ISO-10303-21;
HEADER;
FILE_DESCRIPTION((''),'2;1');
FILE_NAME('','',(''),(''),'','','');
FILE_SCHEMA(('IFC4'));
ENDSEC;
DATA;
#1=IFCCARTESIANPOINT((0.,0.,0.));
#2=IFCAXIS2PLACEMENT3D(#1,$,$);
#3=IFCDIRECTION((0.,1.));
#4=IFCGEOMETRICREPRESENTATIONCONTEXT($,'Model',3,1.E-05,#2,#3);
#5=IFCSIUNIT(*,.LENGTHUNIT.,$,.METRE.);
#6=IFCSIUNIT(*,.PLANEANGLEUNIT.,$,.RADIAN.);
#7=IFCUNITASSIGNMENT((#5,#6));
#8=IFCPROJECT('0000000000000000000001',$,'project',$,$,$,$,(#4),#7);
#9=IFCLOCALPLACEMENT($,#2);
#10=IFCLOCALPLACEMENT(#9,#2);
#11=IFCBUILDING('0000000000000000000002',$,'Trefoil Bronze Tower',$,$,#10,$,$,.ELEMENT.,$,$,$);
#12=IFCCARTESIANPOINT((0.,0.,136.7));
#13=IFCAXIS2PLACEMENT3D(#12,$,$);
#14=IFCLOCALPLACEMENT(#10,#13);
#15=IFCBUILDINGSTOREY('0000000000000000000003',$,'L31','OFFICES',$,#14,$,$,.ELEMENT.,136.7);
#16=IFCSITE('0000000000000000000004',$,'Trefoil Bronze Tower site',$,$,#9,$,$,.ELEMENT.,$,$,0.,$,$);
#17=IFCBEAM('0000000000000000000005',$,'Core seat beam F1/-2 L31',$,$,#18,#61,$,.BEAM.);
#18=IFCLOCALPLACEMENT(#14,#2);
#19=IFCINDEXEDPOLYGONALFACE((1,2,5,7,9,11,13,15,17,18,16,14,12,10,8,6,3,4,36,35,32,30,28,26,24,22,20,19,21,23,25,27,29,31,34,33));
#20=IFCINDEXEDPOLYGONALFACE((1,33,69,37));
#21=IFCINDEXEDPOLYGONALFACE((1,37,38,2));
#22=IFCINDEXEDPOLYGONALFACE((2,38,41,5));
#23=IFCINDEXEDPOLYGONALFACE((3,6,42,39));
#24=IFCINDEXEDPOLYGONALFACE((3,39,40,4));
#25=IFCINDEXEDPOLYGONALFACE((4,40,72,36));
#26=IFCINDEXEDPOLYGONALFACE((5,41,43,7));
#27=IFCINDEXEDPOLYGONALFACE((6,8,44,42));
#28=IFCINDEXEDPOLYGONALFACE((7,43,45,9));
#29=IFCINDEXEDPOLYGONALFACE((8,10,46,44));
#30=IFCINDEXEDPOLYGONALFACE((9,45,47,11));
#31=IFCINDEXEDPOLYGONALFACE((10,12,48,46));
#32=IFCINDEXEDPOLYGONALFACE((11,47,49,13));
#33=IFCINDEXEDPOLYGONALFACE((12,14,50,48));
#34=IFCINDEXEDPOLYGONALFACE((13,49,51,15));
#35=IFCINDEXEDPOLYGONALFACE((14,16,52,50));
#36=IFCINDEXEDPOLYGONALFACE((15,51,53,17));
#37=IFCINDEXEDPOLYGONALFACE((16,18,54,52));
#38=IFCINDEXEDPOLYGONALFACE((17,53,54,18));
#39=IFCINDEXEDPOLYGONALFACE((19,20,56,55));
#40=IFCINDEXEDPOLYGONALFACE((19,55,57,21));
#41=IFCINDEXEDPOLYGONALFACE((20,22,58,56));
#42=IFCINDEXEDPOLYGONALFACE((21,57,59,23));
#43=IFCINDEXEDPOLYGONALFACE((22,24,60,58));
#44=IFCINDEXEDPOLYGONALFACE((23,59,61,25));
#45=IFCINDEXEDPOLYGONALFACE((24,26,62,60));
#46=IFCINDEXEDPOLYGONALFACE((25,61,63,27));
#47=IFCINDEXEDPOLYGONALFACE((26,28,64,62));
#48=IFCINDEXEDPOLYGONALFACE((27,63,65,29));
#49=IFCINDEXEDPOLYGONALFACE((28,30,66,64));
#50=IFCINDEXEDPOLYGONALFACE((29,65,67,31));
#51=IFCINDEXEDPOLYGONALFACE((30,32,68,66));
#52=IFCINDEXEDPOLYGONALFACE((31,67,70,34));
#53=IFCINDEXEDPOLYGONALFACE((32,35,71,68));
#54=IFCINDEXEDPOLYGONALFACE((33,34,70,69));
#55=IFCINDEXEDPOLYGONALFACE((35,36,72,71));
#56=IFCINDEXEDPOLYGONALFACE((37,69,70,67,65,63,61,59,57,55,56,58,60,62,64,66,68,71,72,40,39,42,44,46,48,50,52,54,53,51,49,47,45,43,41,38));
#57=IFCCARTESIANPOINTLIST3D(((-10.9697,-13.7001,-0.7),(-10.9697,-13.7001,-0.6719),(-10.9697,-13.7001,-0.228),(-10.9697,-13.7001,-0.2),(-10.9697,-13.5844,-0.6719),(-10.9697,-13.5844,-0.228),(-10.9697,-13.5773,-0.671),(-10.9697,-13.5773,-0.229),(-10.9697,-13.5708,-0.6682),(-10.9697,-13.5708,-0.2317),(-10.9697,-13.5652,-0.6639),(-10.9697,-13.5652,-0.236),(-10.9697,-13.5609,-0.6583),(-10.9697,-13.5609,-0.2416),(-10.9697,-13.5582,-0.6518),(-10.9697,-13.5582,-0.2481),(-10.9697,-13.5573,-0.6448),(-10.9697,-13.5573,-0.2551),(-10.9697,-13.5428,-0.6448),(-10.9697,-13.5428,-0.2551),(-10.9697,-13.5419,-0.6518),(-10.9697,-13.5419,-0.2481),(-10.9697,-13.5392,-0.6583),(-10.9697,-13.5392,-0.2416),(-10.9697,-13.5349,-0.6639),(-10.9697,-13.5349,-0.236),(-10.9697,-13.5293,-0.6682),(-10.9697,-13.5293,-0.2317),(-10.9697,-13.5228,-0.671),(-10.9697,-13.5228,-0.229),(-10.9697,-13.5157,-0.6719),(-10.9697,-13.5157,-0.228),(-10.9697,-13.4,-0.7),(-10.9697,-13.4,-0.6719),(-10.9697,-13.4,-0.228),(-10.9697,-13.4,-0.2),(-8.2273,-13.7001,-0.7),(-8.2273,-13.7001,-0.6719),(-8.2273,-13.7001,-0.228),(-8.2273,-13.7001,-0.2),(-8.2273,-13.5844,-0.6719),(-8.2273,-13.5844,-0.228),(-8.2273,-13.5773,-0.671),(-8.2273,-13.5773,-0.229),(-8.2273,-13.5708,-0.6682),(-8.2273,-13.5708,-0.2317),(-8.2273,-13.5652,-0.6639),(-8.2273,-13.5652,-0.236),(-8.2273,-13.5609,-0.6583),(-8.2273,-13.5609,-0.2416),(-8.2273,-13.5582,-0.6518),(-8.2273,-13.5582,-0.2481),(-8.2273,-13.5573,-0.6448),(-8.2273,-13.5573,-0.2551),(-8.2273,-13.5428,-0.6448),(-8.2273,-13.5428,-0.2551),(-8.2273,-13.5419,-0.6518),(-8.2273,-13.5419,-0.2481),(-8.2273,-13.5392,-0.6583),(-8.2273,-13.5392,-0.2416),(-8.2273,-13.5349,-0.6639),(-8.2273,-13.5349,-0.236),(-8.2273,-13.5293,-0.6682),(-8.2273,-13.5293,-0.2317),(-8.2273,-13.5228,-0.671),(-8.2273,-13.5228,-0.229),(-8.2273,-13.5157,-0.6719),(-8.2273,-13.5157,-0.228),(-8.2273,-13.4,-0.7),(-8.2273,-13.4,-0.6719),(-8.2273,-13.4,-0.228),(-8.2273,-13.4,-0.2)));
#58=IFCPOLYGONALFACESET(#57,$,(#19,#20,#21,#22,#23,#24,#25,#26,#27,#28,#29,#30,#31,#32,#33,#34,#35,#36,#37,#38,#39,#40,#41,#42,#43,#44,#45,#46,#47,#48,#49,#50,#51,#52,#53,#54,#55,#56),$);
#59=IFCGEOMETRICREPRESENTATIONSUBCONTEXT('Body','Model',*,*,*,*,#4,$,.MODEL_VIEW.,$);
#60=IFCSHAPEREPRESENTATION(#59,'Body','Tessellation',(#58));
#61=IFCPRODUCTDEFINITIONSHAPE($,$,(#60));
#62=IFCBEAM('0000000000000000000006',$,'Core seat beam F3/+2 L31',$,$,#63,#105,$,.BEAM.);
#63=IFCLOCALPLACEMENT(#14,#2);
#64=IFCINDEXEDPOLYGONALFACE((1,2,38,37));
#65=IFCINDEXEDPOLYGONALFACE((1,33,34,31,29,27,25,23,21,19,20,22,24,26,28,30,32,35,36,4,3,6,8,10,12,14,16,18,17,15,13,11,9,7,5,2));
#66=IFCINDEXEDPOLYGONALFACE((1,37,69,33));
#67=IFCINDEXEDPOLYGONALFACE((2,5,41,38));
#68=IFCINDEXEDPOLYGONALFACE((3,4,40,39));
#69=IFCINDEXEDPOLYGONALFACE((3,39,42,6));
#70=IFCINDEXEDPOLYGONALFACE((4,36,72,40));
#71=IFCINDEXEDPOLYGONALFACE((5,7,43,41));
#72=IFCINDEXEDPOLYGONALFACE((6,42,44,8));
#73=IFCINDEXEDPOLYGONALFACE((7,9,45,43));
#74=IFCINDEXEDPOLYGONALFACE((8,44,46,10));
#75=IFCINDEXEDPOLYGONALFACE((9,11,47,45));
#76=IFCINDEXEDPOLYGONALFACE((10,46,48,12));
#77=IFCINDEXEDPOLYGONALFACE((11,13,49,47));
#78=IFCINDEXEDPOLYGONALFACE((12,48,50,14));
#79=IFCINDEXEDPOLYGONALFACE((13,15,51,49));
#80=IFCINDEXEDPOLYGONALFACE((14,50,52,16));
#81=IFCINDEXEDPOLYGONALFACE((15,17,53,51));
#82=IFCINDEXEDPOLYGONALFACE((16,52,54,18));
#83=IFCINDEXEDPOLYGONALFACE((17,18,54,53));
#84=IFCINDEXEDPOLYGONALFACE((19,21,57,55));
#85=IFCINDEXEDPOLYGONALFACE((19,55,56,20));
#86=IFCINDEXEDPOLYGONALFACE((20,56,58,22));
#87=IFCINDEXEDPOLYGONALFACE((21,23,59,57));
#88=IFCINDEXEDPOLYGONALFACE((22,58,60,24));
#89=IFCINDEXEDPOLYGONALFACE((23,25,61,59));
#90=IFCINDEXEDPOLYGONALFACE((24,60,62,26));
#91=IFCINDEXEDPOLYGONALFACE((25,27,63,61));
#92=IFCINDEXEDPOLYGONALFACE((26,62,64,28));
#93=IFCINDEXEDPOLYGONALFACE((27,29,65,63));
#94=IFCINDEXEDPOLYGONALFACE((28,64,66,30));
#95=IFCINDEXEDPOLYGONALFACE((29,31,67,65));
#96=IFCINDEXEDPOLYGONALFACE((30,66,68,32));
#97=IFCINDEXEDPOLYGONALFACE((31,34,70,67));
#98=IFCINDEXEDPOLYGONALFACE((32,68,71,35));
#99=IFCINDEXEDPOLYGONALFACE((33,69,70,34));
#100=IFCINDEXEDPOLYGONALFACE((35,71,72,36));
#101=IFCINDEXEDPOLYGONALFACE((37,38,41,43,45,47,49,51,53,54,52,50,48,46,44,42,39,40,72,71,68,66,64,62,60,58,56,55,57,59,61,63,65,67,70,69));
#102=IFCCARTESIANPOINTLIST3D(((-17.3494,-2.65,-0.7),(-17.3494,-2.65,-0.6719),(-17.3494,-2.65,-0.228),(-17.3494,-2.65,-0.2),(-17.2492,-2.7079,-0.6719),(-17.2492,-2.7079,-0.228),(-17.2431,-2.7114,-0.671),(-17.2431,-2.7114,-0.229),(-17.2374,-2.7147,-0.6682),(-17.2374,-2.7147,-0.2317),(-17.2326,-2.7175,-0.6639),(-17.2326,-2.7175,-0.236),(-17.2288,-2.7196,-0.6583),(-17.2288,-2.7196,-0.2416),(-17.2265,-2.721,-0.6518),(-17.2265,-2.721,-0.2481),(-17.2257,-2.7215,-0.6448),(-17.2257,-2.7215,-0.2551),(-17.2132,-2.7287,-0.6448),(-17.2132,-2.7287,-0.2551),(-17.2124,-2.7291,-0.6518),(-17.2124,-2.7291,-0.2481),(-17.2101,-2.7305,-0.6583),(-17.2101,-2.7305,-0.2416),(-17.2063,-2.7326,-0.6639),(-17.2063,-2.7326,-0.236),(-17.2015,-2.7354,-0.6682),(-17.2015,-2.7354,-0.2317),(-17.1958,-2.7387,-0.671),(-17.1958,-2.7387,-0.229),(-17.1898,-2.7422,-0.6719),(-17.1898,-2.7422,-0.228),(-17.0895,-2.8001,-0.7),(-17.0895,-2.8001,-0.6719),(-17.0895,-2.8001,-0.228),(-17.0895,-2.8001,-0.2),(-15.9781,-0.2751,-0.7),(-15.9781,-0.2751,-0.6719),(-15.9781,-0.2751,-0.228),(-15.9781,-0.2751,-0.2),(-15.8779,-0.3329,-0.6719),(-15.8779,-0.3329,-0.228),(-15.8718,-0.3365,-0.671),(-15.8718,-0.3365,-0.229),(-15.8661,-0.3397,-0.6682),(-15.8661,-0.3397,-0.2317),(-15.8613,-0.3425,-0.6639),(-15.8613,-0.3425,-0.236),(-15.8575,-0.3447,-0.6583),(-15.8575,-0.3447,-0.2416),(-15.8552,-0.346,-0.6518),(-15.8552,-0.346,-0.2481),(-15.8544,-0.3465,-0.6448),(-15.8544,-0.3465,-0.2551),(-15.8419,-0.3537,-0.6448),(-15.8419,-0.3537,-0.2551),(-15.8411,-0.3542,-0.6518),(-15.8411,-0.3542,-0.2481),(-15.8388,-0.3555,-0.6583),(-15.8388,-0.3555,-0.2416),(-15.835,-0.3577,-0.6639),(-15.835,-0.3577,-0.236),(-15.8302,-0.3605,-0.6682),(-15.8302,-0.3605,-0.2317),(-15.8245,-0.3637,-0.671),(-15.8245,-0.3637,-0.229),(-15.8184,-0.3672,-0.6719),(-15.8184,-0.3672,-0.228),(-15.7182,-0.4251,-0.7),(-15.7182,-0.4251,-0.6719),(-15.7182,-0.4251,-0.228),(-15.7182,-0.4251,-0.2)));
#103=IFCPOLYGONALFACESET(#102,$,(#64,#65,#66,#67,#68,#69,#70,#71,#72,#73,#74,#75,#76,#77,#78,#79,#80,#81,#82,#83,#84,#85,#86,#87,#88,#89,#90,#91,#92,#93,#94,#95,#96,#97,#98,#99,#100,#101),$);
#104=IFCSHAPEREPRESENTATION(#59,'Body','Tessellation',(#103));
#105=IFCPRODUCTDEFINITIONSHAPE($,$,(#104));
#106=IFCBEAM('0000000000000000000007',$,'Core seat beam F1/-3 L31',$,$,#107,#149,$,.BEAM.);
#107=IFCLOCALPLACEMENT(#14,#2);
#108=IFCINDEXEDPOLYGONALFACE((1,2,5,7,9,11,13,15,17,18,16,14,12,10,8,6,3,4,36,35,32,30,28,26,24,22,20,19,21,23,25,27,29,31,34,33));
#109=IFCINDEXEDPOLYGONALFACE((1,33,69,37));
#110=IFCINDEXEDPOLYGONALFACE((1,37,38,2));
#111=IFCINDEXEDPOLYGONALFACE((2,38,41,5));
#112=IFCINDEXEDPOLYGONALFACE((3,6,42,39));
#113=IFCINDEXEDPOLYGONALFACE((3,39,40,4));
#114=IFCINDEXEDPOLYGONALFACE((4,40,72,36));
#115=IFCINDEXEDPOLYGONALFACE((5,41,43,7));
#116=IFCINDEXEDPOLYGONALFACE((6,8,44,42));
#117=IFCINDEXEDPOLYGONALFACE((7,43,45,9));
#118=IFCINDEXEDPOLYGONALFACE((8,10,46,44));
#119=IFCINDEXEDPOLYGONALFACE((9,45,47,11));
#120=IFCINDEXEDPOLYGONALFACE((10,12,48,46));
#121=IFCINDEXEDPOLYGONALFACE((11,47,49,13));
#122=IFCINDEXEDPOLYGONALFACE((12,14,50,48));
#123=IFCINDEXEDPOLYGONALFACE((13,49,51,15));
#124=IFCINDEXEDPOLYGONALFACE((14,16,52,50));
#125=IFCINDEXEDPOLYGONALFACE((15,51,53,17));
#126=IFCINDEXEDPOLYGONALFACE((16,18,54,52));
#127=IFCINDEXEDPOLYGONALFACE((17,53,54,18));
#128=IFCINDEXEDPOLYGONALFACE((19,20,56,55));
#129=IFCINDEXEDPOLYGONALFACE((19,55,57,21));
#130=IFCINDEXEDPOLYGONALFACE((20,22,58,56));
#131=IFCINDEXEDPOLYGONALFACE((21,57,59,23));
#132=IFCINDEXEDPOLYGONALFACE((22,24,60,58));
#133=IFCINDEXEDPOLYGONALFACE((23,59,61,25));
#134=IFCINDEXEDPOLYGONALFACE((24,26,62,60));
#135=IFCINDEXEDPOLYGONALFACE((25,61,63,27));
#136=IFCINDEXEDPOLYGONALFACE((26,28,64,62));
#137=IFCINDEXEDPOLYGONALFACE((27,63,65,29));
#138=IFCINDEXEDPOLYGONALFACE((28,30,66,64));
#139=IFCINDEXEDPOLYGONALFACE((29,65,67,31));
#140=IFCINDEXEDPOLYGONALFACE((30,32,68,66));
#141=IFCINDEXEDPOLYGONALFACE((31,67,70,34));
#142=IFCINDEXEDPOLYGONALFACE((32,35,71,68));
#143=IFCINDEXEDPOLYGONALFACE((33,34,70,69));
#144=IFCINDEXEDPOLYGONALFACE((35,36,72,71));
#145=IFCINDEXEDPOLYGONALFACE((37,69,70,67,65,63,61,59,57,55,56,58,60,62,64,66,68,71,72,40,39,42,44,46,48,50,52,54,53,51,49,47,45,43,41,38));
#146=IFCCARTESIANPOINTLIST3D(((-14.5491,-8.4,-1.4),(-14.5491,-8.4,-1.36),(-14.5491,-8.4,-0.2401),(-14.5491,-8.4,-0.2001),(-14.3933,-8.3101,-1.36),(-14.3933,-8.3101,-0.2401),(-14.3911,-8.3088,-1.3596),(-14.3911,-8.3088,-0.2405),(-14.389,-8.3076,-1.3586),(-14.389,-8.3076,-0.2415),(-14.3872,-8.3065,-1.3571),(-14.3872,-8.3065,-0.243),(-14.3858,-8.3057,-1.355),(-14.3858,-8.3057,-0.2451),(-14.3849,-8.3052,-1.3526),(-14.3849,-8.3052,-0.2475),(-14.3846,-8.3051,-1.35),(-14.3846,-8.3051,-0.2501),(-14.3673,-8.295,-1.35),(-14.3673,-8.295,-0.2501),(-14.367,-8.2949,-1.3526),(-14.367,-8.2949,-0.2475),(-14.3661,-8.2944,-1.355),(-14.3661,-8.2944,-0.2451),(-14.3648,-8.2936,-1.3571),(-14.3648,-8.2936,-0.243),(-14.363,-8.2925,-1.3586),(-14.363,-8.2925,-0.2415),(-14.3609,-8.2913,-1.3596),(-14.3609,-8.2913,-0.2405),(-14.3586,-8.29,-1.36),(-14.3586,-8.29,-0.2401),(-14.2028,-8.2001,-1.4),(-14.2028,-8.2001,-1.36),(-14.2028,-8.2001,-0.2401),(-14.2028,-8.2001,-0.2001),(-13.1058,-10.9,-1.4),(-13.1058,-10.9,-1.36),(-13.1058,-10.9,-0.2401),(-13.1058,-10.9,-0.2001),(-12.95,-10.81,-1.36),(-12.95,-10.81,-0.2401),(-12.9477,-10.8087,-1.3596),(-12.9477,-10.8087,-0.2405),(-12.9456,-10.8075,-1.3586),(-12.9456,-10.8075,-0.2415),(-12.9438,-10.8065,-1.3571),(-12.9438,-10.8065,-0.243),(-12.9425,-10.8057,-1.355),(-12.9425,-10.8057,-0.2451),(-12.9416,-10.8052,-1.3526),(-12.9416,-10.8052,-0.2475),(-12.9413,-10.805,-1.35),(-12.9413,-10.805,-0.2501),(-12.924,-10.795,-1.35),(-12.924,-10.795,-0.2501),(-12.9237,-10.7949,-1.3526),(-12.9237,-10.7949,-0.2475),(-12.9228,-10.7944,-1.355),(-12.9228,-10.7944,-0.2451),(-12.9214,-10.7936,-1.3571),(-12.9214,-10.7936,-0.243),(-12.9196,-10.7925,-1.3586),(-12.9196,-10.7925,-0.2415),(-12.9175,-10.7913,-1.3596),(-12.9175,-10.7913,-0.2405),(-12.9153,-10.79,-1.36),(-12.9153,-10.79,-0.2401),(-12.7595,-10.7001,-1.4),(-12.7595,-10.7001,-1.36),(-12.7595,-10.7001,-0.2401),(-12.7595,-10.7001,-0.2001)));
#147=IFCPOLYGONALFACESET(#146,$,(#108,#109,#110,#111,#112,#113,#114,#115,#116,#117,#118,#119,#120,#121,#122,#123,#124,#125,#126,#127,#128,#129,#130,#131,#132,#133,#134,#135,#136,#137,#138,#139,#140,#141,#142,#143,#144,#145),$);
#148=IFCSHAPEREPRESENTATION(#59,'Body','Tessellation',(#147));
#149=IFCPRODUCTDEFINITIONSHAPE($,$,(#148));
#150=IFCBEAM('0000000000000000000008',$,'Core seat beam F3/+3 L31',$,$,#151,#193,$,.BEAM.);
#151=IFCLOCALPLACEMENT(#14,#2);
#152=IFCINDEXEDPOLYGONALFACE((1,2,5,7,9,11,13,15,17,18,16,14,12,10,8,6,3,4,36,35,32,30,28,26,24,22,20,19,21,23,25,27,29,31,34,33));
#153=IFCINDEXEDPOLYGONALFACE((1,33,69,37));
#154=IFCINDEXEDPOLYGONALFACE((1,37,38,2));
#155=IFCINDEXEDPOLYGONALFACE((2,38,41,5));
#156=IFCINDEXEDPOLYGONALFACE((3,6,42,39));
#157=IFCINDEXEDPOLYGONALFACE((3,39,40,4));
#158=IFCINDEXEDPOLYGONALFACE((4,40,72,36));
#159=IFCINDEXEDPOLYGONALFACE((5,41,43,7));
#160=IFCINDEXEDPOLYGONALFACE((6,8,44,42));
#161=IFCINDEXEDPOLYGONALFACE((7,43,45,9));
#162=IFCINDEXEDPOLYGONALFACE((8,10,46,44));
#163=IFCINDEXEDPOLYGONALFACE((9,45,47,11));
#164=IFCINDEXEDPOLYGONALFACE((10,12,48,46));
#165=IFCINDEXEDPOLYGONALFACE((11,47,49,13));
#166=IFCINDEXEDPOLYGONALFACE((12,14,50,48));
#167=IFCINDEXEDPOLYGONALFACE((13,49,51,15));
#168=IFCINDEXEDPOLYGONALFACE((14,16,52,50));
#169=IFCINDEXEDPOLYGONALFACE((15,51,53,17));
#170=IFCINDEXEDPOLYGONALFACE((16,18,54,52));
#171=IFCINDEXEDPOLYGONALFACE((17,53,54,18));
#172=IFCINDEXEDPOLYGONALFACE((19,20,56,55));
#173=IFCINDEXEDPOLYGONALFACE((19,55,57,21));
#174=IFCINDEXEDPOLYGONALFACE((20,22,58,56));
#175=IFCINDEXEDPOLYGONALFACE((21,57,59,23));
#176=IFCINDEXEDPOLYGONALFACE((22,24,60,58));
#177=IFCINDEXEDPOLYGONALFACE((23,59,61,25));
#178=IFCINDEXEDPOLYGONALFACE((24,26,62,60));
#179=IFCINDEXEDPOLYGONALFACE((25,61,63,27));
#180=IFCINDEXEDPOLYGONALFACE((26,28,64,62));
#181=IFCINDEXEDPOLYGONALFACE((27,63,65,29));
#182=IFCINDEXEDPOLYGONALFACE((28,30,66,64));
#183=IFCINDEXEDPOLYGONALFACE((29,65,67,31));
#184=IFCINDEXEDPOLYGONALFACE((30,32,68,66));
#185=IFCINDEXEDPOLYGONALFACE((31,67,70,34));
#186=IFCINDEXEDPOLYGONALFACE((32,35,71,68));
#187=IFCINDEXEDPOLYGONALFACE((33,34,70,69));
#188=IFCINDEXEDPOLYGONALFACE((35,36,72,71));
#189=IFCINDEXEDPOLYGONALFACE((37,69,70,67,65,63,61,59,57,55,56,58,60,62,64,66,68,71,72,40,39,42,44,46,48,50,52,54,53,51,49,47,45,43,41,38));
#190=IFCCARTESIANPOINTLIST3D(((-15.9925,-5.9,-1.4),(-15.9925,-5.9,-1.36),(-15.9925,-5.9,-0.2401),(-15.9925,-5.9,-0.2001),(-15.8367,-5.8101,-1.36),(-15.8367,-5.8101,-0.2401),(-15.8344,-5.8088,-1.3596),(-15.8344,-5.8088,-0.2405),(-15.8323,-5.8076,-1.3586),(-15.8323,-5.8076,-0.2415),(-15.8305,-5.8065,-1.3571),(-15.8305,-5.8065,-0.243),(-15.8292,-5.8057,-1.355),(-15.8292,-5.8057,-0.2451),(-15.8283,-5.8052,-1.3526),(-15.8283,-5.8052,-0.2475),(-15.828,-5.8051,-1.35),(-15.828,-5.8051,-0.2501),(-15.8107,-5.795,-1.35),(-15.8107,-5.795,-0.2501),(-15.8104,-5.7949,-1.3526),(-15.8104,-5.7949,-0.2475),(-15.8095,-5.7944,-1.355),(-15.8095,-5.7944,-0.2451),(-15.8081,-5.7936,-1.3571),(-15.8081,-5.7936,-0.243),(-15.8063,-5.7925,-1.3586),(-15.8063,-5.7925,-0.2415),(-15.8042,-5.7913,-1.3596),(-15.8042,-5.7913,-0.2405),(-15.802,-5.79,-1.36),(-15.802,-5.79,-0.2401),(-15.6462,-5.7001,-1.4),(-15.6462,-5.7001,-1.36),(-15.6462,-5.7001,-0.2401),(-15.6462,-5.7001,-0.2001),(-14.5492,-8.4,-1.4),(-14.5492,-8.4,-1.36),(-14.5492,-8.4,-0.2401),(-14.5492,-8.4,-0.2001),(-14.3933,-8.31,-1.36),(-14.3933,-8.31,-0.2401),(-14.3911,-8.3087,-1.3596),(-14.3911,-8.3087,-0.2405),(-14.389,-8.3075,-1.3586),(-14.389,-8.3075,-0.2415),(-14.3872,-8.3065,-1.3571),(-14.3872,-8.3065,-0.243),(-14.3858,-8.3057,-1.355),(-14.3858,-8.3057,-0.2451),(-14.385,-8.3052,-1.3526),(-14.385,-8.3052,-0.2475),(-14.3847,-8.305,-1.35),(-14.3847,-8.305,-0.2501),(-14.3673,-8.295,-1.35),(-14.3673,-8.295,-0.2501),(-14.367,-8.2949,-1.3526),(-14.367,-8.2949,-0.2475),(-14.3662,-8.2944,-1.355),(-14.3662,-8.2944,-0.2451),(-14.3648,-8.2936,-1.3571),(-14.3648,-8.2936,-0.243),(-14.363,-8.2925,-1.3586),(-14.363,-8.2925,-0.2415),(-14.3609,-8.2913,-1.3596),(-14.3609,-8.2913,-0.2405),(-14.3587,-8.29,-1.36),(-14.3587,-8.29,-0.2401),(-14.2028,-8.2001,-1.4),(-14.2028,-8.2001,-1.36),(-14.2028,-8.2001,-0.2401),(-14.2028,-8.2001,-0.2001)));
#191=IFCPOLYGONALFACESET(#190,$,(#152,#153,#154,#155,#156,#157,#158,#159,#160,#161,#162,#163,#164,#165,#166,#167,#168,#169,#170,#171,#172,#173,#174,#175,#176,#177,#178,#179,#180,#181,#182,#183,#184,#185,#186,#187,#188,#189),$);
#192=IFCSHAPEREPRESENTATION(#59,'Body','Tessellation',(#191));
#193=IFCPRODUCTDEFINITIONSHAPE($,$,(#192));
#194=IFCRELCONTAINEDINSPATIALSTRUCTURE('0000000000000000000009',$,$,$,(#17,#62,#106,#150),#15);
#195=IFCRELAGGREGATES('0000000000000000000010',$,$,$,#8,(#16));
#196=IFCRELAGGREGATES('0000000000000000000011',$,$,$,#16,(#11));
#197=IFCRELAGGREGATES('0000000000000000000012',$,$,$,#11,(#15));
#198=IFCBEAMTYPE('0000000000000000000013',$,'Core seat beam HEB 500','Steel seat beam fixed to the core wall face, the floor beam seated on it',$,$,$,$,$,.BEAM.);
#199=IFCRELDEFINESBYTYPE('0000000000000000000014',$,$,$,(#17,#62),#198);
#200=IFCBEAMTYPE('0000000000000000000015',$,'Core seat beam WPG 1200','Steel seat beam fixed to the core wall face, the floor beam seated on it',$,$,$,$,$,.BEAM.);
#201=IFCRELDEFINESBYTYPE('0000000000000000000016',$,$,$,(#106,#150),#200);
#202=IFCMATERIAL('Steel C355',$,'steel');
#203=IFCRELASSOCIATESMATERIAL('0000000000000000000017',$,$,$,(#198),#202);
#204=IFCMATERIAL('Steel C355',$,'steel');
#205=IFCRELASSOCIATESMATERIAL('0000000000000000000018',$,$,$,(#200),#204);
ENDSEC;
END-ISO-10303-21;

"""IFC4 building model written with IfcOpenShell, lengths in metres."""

from ifc_helpers import new_model, si_unit, direction, frame, origin, origin_2d, place, context, subcontext, project, spatial, i_section, extrude, material, material_profile, profile_set, type_object, element, save


model = new_model("IFC4")

# Units and contexts
model_context = context("Model", 3, precision=1e-05, world=origin(), true_north=direction((0.0, 1.0)))
body_context = subcontext(model_context, "Body", "Model", "MODEL_VIEW")
ifc_project = project(units=[si_unit("LENGTHUNIT", "METRE"), si_unit("PLANEANGLEUNIT", "RADIAN")], contexts=[model_context])

# Site, building, storey
site_placement = place(None, origin())
site = spatial("IfcSite", under=ifc_project, at=site_placement, Name="Trefoil Bronze Tower site", CompositionType="ELEMENT", RefElevation=0.0)
building_placement = place(site_placement, origin())
building = spatial("IfcBuilding", under=site, at=building_placement, Name="Trefoil Bronze Tower", CompositionType="ELEMENT")
storey_placement = place(building_placement, frame((0.0, 0.0, 136.7)))
storey = spatial("IfcBuildingStorey", under=building, at=storey_placement, Name="L31", Description="OFFICES", CompositionType="ELEMENT", Elevation=136.7)

# Beams
ifc_material_1 = material(Name="Steel C355", Category="steel")
ifc_material_profile_1 = material_profile(ifc_material_1, i_section(OverallWidth=0.3, OverallDepth=0.5, WebThickness=0.0144, FlangeThickness=0.0281, FilletRadius=0.0271, at=origin_2d()), Name="HEB 500")
ifc_profile_set_1 = profile_set([ifc_material_profile_1], Name="Steel C355")
beam_type_1 = type_object("IfcBeamType", Name="Core seat beam HEB 500", Description="Steel seat beam fixed to the core wall face, the floor beam seated on it", PredefinedType="BEAM", material=ifc_profile_set_1)
for number, where, z_axis, x_axis, name in (
    (1, (-10.9697, -13.55, -0.45), (1.0, 0.0, 0.0), (0.0, 1.0, 0.0), "Core seat beam F1/-2 L31"),
    (2, (-15.8481, -0.3501, -0.45), (-0.500036, -0.866005, 0.0), (0.866005, -0.500036, 0.0), "Core seat beam F3/+2 L31"),
):
    element("IfcBeam", number, at=place(storey_placement, frame(where, z_axis=z_axis, x_axis=x_axis)), inside=storey, type_object=beam_type_1, Name=name, PredefinedType="BEAM", context=body_context, shape_type="SweptSolid", body=[
        extrude(i_section(OverallWidth=0.3, OverallDepth=0.5, WebThickness=0.0144, FlangeThickness=0.0281, FilletRadius=0.0271, at=origin_2d()), origin(), (0.0, 0.0, 1.0), 2.7424),
    ])
ifc_material_2 = material(Name="Steel C355", Category="steel")
ifc_material_profile_2 = material_profile(ifc_material_2, i_section(OverallWidth=0.3999, OverallDepth=1.2, WebThickness=0.02, FlangeThickness=0.04, FilletRadius=0.01, at=origin_2d()), Name="WPG 1200")
ifc_profile_set_2 = profile_set([ifc_material_profile_2], Name="Steel C355")
beam_type_2 = type_object("IfcBeamType", Name="Core seat beam WPG 1200", Description="Steel seat beam fixed to the core wall face, the floor beam seated on it", PredefinedType="BEAM", material=ifc_profile_set_2)
for number, where, z_axis, x_axis, name in (
    (3, (-14.376, -8.3, -0.8), (0.499996, -0.866028, 0.0), (0.866028, 0.499996, 0.0), "Core seat beam F1/-3 L31"),
    (4, (-15.8193, -5.8, -0.8), (0.499996, -0.866028, 0.0), (0.866028, 0.499996, 0.0), "Core seat beam F3/+3 L31"),
):
    element("IfcBeam", number, at=place(storey_placement, frame(where, z_axis=z_axis, x_axis=x_axis)), inside=storey, type_object=beam_type_2, Name=name, PredefinedType="BEAM", context=body_context, shape_type="SweptSolid", body=[
        extrude(i_section(OverallWidth=0.3999, OverallDepth=1.2, WebThickness=0.02, FlangeThickness=0.04, FilletRadius=0.01, at=origin_2d()), origin(), (0.0, 0.0, 1.0), 2.8867),
    ])

save(model, "model.ifc")
